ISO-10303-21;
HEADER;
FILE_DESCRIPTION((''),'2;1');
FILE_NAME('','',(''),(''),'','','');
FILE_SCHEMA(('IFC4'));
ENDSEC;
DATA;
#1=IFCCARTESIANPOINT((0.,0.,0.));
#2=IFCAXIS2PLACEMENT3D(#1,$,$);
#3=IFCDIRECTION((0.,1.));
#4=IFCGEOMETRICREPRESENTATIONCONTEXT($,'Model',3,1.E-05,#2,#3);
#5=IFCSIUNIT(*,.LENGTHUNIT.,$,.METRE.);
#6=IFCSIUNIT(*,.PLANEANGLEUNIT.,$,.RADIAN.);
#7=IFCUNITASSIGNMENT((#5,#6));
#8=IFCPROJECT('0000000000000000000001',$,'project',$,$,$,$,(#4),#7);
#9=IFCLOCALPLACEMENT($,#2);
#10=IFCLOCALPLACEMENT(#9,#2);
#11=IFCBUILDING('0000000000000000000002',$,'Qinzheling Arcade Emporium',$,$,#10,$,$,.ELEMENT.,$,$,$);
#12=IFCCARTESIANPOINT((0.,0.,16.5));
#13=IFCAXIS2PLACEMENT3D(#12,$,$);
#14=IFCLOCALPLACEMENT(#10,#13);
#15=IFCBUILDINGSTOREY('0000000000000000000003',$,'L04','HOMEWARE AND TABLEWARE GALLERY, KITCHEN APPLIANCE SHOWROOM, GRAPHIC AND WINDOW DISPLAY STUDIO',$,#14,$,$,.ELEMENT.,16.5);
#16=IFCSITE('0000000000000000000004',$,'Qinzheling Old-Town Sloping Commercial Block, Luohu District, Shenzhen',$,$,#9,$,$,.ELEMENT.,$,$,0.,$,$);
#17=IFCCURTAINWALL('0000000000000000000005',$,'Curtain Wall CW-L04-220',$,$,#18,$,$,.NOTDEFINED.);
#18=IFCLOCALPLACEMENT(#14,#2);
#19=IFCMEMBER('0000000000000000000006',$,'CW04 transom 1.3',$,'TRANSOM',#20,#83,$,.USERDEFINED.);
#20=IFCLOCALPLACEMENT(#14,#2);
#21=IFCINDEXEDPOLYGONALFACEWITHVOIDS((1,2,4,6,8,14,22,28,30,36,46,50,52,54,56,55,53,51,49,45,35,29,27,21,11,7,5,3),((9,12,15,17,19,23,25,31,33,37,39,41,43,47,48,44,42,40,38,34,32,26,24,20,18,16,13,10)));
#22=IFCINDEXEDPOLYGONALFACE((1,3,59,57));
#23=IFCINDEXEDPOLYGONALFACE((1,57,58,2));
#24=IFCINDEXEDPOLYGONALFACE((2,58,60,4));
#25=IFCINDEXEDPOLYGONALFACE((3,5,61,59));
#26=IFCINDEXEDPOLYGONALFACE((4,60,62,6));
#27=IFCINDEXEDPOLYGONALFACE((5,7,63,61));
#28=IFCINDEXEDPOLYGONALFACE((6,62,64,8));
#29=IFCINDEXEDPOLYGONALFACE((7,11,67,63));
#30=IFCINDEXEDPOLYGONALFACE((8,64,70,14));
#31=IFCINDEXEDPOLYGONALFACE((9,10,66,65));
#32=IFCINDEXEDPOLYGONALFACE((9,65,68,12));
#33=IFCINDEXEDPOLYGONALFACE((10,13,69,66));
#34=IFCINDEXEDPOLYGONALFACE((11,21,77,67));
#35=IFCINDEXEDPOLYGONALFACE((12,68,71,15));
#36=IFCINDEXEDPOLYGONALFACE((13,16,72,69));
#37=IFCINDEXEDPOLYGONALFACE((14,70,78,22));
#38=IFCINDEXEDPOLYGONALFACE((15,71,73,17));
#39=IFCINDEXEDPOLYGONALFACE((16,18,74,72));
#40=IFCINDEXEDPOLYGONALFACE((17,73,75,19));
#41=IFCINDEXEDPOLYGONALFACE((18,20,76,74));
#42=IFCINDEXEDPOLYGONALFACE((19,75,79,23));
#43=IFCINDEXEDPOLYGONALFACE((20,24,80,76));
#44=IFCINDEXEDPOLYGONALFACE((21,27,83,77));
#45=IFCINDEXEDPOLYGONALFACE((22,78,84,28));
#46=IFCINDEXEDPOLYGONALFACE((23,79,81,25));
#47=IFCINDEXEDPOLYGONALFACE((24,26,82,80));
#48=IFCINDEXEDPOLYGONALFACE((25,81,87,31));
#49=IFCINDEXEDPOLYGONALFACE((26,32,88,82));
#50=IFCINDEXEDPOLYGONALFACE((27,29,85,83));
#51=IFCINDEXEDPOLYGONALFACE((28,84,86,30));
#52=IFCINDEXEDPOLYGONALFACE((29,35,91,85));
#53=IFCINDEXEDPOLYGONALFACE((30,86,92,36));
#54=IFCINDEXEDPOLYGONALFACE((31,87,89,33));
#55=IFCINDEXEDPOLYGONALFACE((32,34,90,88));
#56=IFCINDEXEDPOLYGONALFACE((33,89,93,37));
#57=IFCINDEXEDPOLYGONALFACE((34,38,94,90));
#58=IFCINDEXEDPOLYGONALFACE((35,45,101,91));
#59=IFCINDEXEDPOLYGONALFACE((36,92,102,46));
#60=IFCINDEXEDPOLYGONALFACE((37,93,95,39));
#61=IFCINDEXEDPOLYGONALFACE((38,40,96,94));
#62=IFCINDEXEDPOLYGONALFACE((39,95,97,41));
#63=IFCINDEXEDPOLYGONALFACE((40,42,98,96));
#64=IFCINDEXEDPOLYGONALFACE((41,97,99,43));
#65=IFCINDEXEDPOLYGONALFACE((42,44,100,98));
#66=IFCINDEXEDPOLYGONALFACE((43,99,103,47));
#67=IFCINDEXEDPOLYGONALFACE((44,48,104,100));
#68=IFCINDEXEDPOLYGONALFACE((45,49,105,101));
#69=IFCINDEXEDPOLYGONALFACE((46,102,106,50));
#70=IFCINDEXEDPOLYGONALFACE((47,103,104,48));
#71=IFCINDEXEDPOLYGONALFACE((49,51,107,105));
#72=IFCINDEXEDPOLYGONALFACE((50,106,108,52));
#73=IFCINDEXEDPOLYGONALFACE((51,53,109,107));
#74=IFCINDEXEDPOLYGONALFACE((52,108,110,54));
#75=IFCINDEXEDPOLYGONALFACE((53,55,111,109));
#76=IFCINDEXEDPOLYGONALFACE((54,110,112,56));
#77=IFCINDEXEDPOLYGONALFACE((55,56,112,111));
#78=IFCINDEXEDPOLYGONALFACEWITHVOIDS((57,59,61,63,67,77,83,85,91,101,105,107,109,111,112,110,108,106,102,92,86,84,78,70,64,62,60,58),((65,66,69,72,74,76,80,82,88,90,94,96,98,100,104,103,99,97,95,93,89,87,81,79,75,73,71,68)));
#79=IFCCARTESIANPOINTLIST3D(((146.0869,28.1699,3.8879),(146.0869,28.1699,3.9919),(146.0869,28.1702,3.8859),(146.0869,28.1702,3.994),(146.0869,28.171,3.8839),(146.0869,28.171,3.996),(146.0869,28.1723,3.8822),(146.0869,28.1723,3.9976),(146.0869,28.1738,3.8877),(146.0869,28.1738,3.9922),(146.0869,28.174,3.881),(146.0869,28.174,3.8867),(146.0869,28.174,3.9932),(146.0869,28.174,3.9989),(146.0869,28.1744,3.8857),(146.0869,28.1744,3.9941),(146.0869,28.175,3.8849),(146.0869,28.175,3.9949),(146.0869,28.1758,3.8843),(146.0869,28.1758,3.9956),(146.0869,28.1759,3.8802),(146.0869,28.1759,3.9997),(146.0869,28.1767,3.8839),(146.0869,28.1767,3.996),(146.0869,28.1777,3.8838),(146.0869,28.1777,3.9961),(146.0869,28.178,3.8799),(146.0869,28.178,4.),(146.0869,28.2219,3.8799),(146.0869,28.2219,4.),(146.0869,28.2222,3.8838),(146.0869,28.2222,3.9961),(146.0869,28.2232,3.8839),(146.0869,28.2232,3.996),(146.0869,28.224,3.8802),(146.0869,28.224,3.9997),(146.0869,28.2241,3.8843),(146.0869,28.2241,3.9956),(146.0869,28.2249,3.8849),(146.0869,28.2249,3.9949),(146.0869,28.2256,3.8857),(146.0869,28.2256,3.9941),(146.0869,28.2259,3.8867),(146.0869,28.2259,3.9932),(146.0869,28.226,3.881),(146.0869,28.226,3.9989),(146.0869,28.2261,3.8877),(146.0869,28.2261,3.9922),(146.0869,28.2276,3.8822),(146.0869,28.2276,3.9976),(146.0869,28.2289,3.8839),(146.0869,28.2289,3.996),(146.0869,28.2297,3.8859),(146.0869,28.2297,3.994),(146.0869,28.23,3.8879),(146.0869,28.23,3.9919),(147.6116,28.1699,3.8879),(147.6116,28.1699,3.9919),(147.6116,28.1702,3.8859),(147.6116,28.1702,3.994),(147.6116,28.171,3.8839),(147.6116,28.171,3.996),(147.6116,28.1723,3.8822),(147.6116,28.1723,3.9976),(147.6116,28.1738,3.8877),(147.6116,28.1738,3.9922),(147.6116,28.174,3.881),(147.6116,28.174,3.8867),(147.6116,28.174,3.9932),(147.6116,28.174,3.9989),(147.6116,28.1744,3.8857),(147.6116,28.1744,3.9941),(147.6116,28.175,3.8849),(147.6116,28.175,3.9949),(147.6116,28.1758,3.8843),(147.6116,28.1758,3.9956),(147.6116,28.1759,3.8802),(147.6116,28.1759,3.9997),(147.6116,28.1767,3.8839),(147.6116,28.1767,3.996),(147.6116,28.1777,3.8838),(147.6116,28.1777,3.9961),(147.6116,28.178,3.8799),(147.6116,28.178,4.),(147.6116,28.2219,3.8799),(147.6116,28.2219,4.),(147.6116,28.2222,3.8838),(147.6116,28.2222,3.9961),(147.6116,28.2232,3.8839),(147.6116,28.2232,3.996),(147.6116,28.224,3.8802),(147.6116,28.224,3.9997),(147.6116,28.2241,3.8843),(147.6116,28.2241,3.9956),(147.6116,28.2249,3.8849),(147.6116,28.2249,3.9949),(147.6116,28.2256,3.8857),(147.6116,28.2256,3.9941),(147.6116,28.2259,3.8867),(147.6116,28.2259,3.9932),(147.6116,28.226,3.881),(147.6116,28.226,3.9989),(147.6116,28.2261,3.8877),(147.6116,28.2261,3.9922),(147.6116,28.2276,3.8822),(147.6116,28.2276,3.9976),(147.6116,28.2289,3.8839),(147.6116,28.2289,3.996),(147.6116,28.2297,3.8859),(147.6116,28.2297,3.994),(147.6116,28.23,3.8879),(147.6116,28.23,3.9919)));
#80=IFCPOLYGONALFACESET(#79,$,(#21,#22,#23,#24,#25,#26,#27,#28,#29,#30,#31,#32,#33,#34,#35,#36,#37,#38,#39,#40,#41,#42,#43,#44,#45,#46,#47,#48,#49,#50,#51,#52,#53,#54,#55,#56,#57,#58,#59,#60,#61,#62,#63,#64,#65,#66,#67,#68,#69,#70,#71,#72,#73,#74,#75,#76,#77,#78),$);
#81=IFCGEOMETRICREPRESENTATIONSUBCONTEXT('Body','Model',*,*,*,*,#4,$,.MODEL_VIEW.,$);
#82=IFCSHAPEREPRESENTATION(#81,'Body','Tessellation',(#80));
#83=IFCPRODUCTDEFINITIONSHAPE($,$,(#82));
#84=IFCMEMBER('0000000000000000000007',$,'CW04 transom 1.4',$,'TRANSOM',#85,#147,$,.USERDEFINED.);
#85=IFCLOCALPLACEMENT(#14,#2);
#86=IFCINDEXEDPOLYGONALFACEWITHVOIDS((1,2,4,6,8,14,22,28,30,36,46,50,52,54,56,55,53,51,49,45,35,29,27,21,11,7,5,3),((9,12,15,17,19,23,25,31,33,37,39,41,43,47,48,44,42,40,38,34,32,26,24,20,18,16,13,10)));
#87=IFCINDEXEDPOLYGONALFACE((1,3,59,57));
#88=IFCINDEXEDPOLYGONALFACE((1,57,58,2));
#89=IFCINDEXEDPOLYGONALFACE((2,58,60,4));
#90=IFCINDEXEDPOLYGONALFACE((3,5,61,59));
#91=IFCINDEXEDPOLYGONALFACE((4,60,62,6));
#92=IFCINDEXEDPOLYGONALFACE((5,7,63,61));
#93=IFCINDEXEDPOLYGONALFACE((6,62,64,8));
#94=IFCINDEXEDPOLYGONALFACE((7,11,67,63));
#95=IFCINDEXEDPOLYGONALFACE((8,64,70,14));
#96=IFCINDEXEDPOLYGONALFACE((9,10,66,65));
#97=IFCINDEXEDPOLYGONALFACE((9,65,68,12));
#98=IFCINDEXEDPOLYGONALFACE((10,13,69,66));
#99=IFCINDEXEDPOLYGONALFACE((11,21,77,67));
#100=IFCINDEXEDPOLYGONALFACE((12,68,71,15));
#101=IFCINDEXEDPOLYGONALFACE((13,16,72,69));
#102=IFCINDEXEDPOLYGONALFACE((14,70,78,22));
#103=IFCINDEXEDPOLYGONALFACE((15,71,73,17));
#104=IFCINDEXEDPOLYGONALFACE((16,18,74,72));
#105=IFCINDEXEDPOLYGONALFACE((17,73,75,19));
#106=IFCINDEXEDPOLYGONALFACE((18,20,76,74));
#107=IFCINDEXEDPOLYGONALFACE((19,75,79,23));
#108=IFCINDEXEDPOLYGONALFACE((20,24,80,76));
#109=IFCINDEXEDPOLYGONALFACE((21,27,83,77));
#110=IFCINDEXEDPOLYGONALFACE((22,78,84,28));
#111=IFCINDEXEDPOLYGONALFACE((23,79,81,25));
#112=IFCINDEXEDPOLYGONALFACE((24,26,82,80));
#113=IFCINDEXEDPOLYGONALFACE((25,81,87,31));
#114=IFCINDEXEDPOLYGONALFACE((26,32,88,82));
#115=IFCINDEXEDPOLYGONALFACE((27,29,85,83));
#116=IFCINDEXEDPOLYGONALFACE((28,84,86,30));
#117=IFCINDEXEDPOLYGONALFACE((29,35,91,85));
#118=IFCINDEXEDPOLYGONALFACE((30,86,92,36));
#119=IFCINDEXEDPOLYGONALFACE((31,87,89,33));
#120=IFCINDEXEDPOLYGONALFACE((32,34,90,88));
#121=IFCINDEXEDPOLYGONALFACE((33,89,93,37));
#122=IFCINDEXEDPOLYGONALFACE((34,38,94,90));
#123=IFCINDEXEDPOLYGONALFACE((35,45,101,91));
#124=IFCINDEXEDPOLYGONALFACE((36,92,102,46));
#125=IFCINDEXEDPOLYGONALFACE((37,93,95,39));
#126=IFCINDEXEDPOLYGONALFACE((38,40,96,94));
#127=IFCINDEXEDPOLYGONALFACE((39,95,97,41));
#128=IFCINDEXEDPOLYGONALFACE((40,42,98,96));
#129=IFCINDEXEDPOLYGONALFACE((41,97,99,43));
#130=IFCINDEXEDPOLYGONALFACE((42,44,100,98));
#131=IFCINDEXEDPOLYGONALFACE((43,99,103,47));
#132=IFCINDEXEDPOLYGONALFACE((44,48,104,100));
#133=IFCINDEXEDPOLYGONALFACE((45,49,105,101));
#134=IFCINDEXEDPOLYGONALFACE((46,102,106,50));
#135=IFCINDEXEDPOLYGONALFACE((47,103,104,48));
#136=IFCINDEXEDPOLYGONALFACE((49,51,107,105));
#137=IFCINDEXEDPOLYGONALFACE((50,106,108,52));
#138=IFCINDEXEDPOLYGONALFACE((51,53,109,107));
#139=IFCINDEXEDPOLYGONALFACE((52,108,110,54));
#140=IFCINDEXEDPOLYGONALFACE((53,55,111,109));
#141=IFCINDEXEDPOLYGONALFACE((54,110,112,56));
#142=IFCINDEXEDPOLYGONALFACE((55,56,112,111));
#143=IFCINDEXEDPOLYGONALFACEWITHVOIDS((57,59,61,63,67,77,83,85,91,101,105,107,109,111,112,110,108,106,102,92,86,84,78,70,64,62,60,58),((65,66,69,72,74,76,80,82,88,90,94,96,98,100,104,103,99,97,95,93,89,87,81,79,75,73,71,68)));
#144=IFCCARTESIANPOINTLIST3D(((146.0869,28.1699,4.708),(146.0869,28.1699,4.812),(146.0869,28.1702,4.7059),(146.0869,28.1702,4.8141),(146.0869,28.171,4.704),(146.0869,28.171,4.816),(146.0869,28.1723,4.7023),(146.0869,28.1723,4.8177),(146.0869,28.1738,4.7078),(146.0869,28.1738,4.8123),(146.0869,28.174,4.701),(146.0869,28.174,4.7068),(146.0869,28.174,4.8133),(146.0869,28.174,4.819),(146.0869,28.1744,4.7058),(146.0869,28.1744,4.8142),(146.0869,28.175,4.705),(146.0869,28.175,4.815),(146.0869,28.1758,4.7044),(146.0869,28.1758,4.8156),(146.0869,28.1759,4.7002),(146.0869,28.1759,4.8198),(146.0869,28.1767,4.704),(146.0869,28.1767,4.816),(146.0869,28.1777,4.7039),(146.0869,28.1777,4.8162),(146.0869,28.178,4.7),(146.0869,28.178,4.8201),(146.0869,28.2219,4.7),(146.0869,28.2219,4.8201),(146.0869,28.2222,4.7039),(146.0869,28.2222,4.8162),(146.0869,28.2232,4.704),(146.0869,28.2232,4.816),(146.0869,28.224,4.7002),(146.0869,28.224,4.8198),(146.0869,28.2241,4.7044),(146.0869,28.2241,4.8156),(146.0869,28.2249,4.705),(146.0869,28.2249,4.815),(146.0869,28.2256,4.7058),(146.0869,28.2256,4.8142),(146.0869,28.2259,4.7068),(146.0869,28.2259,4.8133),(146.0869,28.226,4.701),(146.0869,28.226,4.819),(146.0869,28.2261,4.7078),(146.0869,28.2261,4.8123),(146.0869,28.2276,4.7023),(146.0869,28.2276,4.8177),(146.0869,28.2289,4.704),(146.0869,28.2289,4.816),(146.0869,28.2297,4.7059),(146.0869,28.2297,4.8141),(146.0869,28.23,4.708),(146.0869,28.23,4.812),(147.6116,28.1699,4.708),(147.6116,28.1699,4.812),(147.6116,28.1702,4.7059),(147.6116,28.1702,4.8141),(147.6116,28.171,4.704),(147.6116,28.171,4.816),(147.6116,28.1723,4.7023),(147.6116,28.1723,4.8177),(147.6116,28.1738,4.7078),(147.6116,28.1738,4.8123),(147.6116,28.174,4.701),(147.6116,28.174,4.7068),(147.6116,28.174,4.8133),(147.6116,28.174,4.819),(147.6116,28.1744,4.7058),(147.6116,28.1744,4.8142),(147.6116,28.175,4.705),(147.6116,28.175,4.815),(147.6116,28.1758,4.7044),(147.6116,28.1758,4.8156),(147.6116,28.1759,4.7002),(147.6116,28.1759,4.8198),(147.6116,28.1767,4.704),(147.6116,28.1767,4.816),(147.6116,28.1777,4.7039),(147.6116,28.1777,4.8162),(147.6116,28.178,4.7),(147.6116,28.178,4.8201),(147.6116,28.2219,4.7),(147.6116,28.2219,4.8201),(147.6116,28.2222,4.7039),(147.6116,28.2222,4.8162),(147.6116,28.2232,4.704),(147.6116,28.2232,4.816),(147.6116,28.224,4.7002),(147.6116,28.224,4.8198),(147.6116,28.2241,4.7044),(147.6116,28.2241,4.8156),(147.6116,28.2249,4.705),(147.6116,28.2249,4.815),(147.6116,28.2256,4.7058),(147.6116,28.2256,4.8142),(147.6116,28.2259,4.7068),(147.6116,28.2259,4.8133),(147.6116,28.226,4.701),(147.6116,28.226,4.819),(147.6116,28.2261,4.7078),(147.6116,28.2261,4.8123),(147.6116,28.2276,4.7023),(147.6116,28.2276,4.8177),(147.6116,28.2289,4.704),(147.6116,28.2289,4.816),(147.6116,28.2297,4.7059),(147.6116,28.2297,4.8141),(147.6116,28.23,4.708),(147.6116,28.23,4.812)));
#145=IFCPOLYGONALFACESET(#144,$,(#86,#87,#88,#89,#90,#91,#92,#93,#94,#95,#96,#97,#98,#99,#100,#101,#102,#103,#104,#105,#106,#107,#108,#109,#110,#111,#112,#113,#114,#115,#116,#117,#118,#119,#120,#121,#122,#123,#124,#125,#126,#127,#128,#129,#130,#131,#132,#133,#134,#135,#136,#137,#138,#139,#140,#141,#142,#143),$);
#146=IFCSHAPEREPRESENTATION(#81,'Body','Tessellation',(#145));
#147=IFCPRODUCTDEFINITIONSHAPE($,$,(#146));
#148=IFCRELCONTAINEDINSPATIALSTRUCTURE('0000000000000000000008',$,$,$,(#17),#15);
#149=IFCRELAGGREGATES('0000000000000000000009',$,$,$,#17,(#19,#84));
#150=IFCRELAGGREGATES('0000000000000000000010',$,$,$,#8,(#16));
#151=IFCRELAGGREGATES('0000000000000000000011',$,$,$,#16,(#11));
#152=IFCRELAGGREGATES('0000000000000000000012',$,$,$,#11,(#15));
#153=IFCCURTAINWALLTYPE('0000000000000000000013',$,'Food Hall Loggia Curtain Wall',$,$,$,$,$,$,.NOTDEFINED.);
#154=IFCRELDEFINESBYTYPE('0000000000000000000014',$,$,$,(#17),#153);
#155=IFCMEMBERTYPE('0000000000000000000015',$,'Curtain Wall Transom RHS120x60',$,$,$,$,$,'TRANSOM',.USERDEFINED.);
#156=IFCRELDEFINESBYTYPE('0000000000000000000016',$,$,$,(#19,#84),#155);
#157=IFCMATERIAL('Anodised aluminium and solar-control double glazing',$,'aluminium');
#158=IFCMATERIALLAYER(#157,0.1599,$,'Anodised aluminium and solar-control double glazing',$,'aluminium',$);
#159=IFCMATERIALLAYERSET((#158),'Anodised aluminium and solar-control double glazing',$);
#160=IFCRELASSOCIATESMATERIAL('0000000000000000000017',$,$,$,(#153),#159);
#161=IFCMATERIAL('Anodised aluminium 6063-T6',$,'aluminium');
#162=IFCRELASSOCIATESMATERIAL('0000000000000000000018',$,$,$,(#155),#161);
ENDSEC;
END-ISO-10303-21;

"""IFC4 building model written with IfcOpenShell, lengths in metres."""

from ifc_helpers import new_model, si_unit, direction, frame, origin, origin_2d, place, context, subcontext, project, spatial, hollow_rectangle, extrude, material, layer, layer_set, material_profile, profile_set, type_object, element, aggregate, save


model = new_model("IFC4")

# Units and contexts
model_context = context("Model", 3, precision=1e-05, world=origin(), true_north=direction((0.0, 1.0)))
body_context = subcontext(model_context, "Body", "Model", "MODEL_VIEW")
ifc_project = project(units=[si_unit("LENGTHUNIT", "METRE"), si_unit("PLANEANGLEUNIT", "RADIAN")], contexts=[model_context])

# Site, building, storey
site_placement = place(None, origin())
site = spatial("IfcSite", under=ifc_project, at=site_placement, Name="Qinzheling Old-Town Sloping Commercial Block, Luohu District, Shenzhen", CompositionType="ELEMENT", RefElevation=0.0)
building_placement = place(site_placement, origin())
building = spatial("IfcBuilding", under=site, at=building_placement, Name="Qinzheling Arcade Emporium", CompositionType="ELEMENT")
storey_placement = place(building_placement, frame((0.0, 0.0, 16.5)))
storey = spatial("IfcBuildingStorey", under=building, at=storey_placement, Name="L04", Description="HOMEWARE AND TABLEWARE GALLERY, KITCHEN APPLIANCE SHOWROOM, GRAPHIC AND WINDOW DISPLAY STUDIO", CompositionType="ELEMENT", Elevation=16.5)

# Curtain wall, members
ifc_material_1 = material(Name="Anodised aluminium and solar-control double glazing", Category="aluminium")
ifc_layer_1 = layer(ifc_material_1, 0.1599, Name="Anodised aluminium and solar-control double glazing", Category="aluminium")
ifc_layer_set_1 = layer_set([ifc_layer_1], Name="Anodised aluminium and solar-control double glazing")
curtain_wall_type = type_object("IfcCurtainWallType", Name="Food Hall Loggia Curtain Wall", PredefinedType="NOTDEFINED", material=ifc_layer_set_1)
curtain_wall_placement = place(storey_placement, origin())
curtain_wall = element("IfcCurtainWall", 1, at=curtain_wall_placement, inside=storey, type_object=curtain_wall_type, Name="Curtain Wall CW-L04-220", PredefinedType="NOTDEFINED")
ifc_material_2 = material(Name="Anodised aluminium 6063-T6", Category="aluminium")
ifc_material_profile_1 = material_profile(ifc_material_2, hollow_rectangle(XDim=0.0601, YDim=0.1201, WallThickness=0.0039, InnerFilletRadius=0.0039, OuterFilletRadius=0.0081, at=origin_2d()), Name="RHS 120x60x4", Category="aluminium")
ifc_profile_set_1 = profile_set([ifc_material_profile_1], Name="Anodised aluminium 6063-T6")
member_type_1 = type_object("IfcMemberType", Name="Curtain Wall Transom RHS120x60", ElementType="TRANSOM", PredefinedType="USERDEFINED", material=ifc_profile_set_1)
member_1_placement = place(storey_placement, frame((146.0869, 28.2, 3.9399), z_axis=(1.0, 0.0, 0.0), x_axis=(0.0, 1.0, 0.0)))
member_1 = element("IfcMember", 2, at=member_1_placement, type_object=member_type_1, Name="CW04 transom 1.3", ObjectType="TRANSOM", PredefinedType="USERDEFINED", context=body_context, shape_type="SweptSolid", body=[
    extrude(hollow_rectangle(XDim=0.0601, YDim=0.1201, WallThickness=0.0039, InnerFilletRadius=0.0039, OuterFilletRadius=0.0081, at=origin_2d()), origin(), (0.0, 0.0, 1.0), 1.5247),
])
member_2_placement = place(storey_placement, frame((146.0869, 28.2, 4.76), z_axis=(1.0, 0.0, 0.0), x_axis=(0.0, 1.0, 0.0)))
member_2 = element("IfcMember", 3, at=member_2_placement, type_object=member_type_1, Name="CW04 transom 1.4", ObjectType="TRANSOM", PredefinedType="USERDEFINED", context=body_context, shape_type="SweptSolid", body=[
    extrude(hollow_rectangle(XDim=0.0601, YDim=0.1201, WallThickness=0.0039, InnerFilletRadius=0.0039, OuterFilletRadius=0.0081, at=origin_2d()), origin(), (0.0, 0.0, 1.0), 1.5247),
])

aggregate(curtain_wall, [member_1, member_2])

save(model, "model.ifc")
